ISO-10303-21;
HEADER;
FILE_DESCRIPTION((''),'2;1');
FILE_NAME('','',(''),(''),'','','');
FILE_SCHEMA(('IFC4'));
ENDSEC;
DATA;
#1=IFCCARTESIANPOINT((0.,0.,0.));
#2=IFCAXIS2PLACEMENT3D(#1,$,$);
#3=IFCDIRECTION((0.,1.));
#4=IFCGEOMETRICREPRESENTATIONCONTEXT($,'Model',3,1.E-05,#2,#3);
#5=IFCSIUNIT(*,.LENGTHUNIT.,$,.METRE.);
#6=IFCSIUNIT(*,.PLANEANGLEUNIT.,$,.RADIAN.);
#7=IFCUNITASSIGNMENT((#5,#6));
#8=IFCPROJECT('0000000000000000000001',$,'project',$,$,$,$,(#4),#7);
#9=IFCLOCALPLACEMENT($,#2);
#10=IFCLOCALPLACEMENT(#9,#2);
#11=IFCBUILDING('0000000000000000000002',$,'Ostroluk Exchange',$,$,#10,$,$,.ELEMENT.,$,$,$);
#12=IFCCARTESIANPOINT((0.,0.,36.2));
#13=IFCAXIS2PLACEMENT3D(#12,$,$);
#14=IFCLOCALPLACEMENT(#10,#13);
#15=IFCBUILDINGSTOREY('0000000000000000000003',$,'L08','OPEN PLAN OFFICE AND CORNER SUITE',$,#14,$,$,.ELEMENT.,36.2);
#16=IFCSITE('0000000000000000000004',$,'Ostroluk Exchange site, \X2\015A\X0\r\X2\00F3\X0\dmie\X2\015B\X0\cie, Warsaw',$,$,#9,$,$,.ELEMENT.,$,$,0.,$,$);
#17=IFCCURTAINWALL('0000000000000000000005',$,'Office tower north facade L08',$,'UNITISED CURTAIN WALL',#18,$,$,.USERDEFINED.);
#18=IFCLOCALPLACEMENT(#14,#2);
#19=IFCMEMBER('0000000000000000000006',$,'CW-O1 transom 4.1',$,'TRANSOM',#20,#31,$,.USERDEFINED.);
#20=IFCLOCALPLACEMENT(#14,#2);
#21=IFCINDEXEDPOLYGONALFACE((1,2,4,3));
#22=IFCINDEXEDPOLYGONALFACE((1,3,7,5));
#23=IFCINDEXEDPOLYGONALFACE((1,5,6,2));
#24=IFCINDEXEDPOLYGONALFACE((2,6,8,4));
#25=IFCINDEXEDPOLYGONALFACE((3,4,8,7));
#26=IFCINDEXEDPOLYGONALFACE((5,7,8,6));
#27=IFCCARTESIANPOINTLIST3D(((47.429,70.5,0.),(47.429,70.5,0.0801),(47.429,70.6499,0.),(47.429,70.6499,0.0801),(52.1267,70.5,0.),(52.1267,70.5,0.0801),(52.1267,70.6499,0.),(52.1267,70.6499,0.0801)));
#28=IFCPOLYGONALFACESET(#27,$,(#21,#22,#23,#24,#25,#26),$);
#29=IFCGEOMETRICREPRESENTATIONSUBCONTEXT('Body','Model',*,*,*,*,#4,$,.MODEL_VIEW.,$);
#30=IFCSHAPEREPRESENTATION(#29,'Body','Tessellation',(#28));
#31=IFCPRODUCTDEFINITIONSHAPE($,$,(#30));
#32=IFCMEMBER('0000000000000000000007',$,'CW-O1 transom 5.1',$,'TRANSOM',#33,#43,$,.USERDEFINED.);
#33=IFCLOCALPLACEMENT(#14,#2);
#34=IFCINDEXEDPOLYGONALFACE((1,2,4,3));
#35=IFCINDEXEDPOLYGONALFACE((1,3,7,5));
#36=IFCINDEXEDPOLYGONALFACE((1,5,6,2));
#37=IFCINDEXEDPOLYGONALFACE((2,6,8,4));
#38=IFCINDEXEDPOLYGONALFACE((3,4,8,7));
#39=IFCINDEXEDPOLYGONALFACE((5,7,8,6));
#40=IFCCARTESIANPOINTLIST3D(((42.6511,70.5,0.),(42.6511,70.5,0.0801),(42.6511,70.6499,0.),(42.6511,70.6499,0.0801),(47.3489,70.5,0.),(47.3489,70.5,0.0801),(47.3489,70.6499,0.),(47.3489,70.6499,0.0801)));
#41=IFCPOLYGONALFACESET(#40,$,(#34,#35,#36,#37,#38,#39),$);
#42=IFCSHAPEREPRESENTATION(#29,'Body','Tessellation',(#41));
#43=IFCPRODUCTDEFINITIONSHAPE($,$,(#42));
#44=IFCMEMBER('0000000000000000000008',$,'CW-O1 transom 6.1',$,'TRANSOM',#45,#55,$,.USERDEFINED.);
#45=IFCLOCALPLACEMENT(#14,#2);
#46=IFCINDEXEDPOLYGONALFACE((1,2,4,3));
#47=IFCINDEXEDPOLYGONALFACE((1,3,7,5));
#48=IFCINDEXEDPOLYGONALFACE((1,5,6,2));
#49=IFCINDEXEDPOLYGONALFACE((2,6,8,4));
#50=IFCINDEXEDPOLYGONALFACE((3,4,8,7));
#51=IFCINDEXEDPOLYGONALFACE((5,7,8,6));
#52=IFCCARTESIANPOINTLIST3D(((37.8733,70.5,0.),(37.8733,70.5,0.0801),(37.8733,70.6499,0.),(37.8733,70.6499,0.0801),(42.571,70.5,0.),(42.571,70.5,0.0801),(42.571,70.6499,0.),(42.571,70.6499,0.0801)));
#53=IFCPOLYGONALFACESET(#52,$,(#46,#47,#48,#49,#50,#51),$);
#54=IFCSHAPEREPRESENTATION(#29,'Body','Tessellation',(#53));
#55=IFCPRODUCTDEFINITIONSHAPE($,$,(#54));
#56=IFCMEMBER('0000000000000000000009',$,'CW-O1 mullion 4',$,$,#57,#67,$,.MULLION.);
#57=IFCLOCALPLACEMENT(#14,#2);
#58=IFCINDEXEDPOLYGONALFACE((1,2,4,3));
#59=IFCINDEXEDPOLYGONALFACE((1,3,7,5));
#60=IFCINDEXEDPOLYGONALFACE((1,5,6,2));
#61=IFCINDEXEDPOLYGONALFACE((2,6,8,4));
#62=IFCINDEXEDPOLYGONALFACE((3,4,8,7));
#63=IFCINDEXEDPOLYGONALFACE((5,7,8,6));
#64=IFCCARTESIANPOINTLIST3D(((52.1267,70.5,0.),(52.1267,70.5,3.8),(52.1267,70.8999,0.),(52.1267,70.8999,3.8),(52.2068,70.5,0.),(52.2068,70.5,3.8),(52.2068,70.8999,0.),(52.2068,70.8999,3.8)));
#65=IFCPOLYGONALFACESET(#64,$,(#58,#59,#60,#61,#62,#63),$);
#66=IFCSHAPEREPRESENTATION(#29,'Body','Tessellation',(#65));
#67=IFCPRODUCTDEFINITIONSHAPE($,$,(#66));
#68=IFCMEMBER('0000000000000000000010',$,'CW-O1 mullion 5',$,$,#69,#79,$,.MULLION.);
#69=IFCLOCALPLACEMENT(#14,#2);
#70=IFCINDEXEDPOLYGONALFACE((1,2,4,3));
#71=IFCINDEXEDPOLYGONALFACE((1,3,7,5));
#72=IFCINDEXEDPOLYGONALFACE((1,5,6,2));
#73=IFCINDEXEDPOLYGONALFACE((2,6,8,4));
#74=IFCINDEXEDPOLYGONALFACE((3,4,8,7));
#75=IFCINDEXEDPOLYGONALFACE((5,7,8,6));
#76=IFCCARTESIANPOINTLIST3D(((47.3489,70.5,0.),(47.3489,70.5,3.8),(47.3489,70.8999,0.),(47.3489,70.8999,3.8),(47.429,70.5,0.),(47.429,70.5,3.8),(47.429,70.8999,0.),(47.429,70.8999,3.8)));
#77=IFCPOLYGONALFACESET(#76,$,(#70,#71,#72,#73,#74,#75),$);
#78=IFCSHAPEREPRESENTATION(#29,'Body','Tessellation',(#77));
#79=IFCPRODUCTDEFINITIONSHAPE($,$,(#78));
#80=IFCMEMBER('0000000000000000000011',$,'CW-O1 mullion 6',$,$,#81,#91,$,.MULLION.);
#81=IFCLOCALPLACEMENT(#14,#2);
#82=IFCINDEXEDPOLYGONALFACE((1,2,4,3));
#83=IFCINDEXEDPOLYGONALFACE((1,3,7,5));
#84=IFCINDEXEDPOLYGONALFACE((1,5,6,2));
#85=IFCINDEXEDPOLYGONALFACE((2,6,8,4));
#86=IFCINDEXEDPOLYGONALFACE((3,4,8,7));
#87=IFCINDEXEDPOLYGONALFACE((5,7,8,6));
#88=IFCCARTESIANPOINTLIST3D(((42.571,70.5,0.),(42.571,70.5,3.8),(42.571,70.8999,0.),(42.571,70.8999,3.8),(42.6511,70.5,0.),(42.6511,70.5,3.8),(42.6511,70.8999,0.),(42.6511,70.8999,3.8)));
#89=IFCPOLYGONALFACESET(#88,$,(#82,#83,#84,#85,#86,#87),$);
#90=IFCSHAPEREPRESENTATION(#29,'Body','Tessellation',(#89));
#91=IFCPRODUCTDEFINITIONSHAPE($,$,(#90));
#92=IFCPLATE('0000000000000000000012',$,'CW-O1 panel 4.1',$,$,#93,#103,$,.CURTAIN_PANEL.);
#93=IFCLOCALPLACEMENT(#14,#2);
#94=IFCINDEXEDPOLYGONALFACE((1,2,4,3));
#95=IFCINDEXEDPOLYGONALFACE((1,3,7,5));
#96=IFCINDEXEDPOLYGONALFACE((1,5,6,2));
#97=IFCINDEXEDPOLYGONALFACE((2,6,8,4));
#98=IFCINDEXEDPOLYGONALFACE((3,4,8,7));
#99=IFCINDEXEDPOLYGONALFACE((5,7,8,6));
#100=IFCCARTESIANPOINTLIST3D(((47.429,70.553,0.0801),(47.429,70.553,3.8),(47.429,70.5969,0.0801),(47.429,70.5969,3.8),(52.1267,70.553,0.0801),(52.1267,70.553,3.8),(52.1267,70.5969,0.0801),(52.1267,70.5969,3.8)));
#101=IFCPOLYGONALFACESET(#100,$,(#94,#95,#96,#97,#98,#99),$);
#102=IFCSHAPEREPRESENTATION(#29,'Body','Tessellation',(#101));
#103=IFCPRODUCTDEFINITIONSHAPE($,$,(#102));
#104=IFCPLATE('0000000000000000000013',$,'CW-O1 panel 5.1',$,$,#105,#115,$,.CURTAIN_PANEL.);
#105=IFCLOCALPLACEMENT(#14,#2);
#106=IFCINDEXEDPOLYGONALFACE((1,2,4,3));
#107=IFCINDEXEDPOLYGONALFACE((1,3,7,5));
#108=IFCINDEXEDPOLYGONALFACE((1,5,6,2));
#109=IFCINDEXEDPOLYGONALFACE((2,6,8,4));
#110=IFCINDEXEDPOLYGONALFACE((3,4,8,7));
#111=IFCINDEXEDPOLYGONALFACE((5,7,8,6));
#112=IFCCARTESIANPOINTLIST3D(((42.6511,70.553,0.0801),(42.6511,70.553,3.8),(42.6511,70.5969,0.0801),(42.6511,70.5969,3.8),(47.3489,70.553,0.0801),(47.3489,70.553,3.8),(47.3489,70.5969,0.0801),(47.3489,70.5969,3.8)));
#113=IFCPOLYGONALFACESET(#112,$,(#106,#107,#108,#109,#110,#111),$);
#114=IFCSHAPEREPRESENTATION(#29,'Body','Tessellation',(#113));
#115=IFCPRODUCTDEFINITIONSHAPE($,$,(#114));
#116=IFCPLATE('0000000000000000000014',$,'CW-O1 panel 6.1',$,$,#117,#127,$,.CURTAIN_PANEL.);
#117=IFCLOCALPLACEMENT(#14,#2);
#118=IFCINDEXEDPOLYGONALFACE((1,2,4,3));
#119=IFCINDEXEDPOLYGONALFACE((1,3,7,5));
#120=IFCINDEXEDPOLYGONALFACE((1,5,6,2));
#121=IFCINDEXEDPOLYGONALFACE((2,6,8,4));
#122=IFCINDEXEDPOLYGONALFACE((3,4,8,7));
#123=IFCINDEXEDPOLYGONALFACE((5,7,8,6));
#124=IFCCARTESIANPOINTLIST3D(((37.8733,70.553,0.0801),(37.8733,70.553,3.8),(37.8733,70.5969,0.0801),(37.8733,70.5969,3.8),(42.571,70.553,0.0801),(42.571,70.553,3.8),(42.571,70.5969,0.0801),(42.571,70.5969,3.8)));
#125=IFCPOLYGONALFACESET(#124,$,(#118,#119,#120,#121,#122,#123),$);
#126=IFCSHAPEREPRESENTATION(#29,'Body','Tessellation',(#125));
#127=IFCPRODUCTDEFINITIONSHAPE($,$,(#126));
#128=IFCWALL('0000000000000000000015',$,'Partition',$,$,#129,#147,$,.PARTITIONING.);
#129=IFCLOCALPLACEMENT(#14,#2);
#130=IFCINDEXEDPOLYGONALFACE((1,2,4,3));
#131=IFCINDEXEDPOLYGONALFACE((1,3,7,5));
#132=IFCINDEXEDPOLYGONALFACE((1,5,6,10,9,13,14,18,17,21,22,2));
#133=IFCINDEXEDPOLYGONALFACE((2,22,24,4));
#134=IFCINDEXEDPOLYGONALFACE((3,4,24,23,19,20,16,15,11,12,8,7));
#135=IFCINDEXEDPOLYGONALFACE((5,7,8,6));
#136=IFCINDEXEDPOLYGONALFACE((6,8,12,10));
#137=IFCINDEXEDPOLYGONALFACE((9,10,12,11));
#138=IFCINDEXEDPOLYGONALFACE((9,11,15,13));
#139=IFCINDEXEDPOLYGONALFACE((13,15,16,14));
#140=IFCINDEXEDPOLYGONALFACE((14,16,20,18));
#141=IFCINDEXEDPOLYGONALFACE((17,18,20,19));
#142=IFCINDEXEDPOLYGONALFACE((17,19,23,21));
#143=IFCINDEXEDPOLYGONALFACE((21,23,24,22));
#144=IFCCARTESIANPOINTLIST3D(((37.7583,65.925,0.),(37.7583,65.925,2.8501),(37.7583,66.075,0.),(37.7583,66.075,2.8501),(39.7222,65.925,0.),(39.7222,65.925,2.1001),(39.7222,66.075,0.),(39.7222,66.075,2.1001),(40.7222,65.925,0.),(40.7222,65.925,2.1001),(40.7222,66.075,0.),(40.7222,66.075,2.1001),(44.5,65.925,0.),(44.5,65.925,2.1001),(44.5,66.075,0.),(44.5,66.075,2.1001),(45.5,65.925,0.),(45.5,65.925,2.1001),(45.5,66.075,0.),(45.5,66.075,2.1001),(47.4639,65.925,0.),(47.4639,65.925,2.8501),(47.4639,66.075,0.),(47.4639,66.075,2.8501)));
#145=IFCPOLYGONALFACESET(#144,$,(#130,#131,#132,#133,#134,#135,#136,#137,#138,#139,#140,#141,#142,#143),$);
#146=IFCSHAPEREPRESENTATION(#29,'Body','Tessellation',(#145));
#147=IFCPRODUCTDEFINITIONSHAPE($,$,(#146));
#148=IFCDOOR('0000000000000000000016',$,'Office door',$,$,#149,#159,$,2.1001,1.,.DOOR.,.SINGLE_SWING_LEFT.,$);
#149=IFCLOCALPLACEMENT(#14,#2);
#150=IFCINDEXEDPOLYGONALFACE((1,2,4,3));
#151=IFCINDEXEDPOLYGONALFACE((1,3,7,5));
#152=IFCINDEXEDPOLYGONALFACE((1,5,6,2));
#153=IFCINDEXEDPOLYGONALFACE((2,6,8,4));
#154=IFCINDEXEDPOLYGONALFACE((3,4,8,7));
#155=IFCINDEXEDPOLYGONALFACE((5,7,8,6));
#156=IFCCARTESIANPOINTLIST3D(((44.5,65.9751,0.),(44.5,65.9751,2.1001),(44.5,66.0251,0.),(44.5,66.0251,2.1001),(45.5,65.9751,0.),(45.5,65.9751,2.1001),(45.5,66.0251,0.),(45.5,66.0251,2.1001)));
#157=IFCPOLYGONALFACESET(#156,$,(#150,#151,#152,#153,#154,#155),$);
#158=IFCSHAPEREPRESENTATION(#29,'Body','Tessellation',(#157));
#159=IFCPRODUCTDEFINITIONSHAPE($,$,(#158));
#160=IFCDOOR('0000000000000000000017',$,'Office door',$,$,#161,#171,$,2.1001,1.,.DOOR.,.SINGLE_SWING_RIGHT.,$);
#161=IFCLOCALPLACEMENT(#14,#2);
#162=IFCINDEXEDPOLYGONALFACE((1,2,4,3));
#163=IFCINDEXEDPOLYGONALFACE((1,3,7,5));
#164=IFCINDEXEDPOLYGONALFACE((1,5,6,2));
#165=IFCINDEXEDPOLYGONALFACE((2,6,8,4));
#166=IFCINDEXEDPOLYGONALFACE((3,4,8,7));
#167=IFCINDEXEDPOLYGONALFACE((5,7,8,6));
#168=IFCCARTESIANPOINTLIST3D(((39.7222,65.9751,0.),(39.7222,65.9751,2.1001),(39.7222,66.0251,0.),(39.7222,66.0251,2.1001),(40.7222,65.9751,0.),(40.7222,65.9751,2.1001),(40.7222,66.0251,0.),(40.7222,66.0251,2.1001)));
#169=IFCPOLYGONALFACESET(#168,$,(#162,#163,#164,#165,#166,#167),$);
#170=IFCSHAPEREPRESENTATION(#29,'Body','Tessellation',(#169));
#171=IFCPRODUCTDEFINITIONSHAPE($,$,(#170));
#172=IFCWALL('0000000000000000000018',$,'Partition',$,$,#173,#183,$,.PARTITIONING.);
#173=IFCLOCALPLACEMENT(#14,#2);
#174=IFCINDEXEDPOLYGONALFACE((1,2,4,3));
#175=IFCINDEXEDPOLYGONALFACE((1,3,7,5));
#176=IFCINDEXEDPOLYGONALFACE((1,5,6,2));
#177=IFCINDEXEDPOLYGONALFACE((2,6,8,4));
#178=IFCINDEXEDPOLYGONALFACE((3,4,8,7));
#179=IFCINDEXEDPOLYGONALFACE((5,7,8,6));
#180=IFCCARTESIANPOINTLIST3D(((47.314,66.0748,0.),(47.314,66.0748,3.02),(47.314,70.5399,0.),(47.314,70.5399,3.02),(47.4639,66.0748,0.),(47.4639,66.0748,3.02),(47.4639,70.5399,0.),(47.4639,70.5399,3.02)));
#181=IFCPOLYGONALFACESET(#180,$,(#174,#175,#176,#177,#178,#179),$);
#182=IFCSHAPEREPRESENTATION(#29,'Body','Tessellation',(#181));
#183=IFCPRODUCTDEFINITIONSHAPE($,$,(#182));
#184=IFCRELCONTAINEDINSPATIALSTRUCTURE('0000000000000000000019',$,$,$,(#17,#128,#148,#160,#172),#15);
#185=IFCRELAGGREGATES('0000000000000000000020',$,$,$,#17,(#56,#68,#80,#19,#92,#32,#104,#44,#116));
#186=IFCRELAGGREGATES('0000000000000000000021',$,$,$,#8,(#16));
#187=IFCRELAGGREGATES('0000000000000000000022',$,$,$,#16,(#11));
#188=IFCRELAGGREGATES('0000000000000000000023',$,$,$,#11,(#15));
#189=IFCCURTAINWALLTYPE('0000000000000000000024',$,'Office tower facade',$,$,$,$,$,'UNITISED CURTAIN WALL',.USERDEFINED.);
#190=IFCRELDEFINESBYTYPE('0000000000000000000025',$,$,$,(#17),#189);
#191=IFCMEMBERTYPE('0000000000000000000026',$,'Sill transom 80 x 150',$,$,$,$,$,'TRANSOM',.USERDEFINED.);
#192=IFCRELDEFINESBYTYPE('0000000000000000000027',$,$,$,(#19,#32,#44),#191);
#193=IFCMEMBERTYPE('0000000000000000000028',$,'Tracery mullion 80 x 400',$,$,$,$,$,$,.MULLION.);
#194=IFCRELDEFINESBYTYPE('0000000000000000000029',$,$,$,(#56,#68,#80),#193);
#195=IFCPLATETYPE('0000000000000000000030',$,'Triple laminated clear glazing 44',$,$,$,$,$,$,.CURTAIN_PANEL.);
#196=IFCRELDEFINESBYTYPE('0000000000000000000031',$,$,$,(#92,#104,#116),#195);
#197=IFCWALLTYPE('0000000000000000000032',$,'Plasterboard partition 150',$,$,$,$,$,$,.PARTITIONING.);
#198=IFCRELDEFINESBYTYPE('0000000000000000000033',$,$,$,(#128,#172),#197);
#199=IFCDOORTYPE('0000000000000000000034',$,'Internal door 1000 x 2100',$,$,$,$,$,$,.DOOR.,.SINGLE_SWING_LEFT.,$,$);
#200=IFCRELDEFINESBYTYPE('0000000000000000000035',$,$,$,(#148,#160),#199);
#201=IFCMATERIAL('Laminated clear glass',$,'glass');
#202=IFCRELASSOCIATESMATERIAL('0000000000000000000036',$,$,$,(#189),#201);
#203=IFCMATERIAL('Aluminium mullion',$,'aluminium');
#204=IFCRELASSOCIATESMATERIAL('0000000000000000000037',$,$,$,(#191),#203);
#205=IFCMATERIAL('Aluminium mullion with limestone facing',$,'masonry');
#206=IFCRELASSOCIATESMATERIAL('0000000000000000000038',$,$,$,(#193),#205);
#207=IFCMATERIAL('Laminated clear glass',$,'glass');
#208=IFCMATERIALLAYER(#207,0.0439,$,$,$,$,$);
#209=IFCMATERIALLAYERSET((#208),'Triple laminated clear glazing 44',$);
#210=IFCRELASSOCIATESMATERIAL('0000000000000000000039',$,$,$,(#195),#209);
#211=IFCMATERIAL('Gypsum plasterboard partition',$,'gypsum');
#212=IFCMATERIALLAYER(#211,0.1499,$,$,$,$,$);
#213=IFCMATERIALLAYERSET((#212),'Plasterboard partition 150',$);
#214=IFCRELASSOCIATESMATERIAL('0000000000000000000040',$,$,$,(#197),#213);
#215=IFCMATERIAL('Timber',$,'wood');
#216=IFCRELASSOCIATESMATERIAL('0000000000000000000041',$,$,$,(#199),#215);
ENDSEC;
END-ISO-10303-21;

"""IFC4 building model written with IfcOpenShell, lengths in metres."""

from ifc_helpers import new_model, si_unit, direction, frame, frame_2d, origin, origin_2d, place, context, subcontext, project, spatial, rectangle, extrude, material, layer, layer_set, material_profile, profile_set, type_object, element, fill, aggregate, save


model = new_model("IFC4")

# Units and contexts
model_context = context("Model", 3, precision=1e-05, world=origin(), true_north=direction((0.0, 1.0)))
body_context = subcontext(model_context, "Body", "Model", "MODEL_VIEW")
ifc_project = project(units=[si_unit("LENGTHUNIT", "METRE"), si_unit("PLANEANGLEUNIT", "RADIAN")], contexts=[model_context])

# Site, building, storey
site_placement = place(None, origin())
site = spatial("IfcSite", under=ifc_project, at=site_placement, Name="Ostroluk Exchange site, Śródmieście, Warsaw", CompositionType="ELEMENT", RefElevation=0.0)
building_placement = place(site_placement, origin())
building = spatial("IfcBuilding", under=site, at=building_placement, Name="Ostroluk Exchange", CompositionType="ELEMENT")
storey_placement = place(building_placement, frame((0.0, 0.0, 36.2)))
storey = spatial("IfcBuildingStorey", under=building, at=storey_placement, Name="L08", Description="OPEN PLAN OFFICE AND CORNER SUITE", CompositionType="ELEMENT", Elevation=36.2)

# Curtain wall, members, plates
ifc_material_1 = material(Name="Laminated clear glass", Category="glass")
curtain_wall_type = type_object("IfcCurtainWallType", Name="Office tower facade", ElementType="UNITISED CURTAIN WALL", PredefinedType="USERDEFINED", material=ifc_material_1)
curtain_wall_placement = place(storey_placement, origin())
curtain_wall = element("IfcCurtainWall", 1, at=curtain_wall_placement, inside=storey, type_object=curtain_wall_type, Name="Office tower north facade L08", ObjectType="UNITISED CURTAIN WALL", PredefinedType="USERDEFINED")
ifc_material_2 = material(Name="Aluminium mullion", Category="aluminium")
ifc_material_profile_1 = material_profile(ifc_material_2, rectangle(XDim=0.1499, YDim=0.0801, at=origin_2d()), Name="Sill transom 80 x 150")
ifc_profile_set_1 = profile_set([ifc_material_profile_1], Name="Aluminium mullion")
member_type_1 = type_object("IfcMemberType", Name="Sill transom 80 x 150", ElementType="TRANSOM", PredefinedType="USERDEFINED", material=ifc_profile_set_1)
member_1_placement = place(storey_placement, frame((52.1267, 70.575, 0.04), z_axis=(-1.0, 0.0, 0.0), x_axis=(0.0, -1.0, 0.0)))
member_1 = element("IfcMember", 2, at=member_1_placement, type_object=member_type_1, Name="CW-O1 transom 4.1", ObjectType="TRANSOM", PredefinedType="USERDEFINED", context=body_context, shape_type="SweptSolid", body=[
    extrude(rectangle(XDim=0.1499, YDim=0.0801, at=origin_2d()), origin(), (0.0, 0.0, 1.0), 4.6978),
])
member_2_placement = place(storey_placement, frame((47.3489, 70.575, 0.04), z_axis=(-1.0, 0.0, 0.0), x_axis=(0.0, -1.0, 0.0)))
member_2 = element("IfcMember", 3, at=member_2_placement, type_object=member_type_1, Name="CW-O1 transom 5.1", ObjectType="TRANSOM", PredefinedType="USERDEFINED", context=body_context, shape_type="SweptSolid", body=[
    extrude(rectangle(XDim=0.1499, YDim=0.0801, at=origin_2d()), origin(), (0.0, 0.0, 1.0), 4.6978),
])
member_3_placement = place(storey_placement, frame((42.571, 70.575, 0.04), z_axis=(-1.0, 0.0, 0.0), x_axis=(0.0, -1.0, 0.0)))
member_3 = element("IfcMember", 4, at=member_3_placement, type_object=member_type_1, Name="CW-O1 transom 6.1", ObjectType="TRANSOM", PredefinedType="USERDEFINED", context=body_context, shape_type="SweptSolid", body=[
    extrude(rectangle(XDim=0.1499, YDim=0.0801, at=origin_2d()), origin(), (0.0, 0.0, 1.0), 4.6978),
])
ifc_material_3 = material(Name="Aluminium mullion with limestone facing", Category="masonry")
ifc_material_profile_2 = material_profile(ifc_material_3, rectangle(XDim=0.3999, YDim=0.0801, at=origin_2d()), Name="Tracery mullion 80 x 400")
ifc_profile_set_2 = profile_set([ifc_material_profile_2], Name="Aluminium mullion with limestone facing")
member_type_2 = type_object("IfcMemberType", Name="Tracery mullion 80 x 400", PredefinedType="MULLION", material=ifc_profile_set_2)
member_4_placement = place(storey_placement, frame((52.1667, 70.7, 0.0), z_axis=(0.0, 0.0, 1.0), x_axis=(0.0, -1.0, 0.0)))
member_4 = element("IfcMember", 5, at=member_4_placement, type_object=member_type_2, Name="CW-O1 mullion 4", PredefinedType="MULLION", context=body_context, shape_type="SweptSolid", body=[
    extrude(rectangle(XDim=0.3999, YDim=0.0801, at=origin_2d()), origin(), (0.0, 0.0, 1.0), 3.8),
])
member_5_placement = place(storey_placement, frame((47.3889, 70.7, 0.0), z_axis=(0.0, 0.0, 1.0), x_axis=(0.0, -1.0, 0.0)))
member_5 = element("IfcMember", 6, at=member_5_placement, type_object=member_type_2, Name="CW-O1 mullion 5", PredefinedType="MULLION", context=body_context, shape_type="SweptSolid", body=[
    extrude(rectangle(XDim=0.3999, YDim=0.0801, at=origin_2d()), origin(), (0.0, 0.0, 1.0), 3.8),
])
member_6_placement = place(storey_placement, frame((42.6111, 70.7, 0.0), z_axis=(0.0, 0.0, 1.0), x_axis=(0.0, -1.0, 0.0)))
member_6 = element("IfcMember", 7, at=member_6_placement, type_object=member_type_2, Name="CW-O1 mullion 6", PredefinedType="MULLION", context=body_context, shape_type="SweptSolid", body=[
    extrude(rectangle(XDim=0.3999, YDim=0.0801, at=origin_2d()), origin(), (0.0, 0.0, 1.0), 3.8),
])
ifc_material_4 = material(Name="Laminated clear glass", Category="glass")
ifc_layer_1 = layer(ifc_material_4, 0.0439)
ifc_layer_set_1 = layer_set([ifc_layer_1], Name="Triple laminated clear glazing 44")
plate_type = type_object("IfcPlateType", Name="Triple laminated clear glazing 44", PredefinedType="CURTAIN_PANEL", material=ifc_layer_set_1)
plate_1_placement = place(storey_placement, frame((49.7778, 70.575, 0.0801), z_axis=(0.0, 0.0, 1.0), x_axis=(-1.0, 0.0, 0.0)))
plate_1 = element("IfcPlate", 8, at=plate_1_placement, type_object=plate_type, Name="CW-O1 panel 4.1", PredefinedType="CURTAIN_PANEL", context=body_context, shape_type="SweptSolid", body=[
    extrude(rectangle(XDim=4.6978, YDim=0.0439, at=origin_2d()), origin(), (0.0, 0.0, 1.0), 3.72),
])
plate_2_placement = place(storey_placement, frame((45.0, 70.575, 0.0801), z_axis=(0.0, 0.0, 1.0), x_axis=(-1.0, 0.0, 0.0)))
plate_2 = element("IfcPlate", 9, at=plate_2_placement, type_object=plate_type, Name="CW-O1 panel 5.1", PredefinedType="CURTAIN_PANEL", context=body_context, shape_type="SweptSolid", body=[
    extrude(rectangle(XDim=4.6978, YDim=0.0439, at=origin_2d()), origin(), (0.0, 0.0, 1.0), 3.72),
])
plate_3_placement = place(storey_placement, frame((40.2222, 70.575, 0.0801), z_axis=(0.0, 0.0, 1.0), x_axis=(-1.0, 0.0, 0.0)))
plate_3 = element("IfcPlate", 10, at=plate_3_placement, type_object=plate_type, Name="CW-O1 panel 6.1", PredefinedType="CURTAIN_PANEL", context=body_context, shape_type="SweptSolid", body=[
    extrude(rectangle(XDim=4.6978, YDim=0.0439, at=origin_2d()), origin(), (0.0, 0.0, 1.0), 3.72),
])
aggregate(curtain_wall, [member_4, member_5, member_6, member_1, plate_1, member_2, plate_2, member_3, plate_3])

# Wall, openings, doors
ifc_material_5 = material(Name="Gypsum plasterboard partition", Category="gypsum")
ifc_layer_2 = layer(ifc_material_5, 0.1499)
ifc_layer_set_2 = layer_set([ifc_layer_2], Name="Plasterboard partition 150")
wall_type = type_object("IfcWallType", Name="Plasterboard partition 150", PredefinedType="PARTITIONING", material=ifc_layer_set_2)
wall_placement = place(storey_placement, frame((47.4639, 66.0, 0.0), z_axis=(0.0, 0.0, 1.0), x_axis=(-1.0, 0.0, 0.0)))
wall = element("IfcWall", 11, at=wall_placement, inside=storey, type_object=wall_type, Name="Partition", PredefinedType="PARTITIONING", context=body_context, shape_type="SweptSolid", body=[
    extrude(rectangle(XDim=9.7056, YDim=0.1499, at=frame_2d((4.8528, 0.0))), origin(), (0.0, 0.0, 1.0), 2.8501),
])
opening_1_placement = place(wall_placement, frame((1.9639, 0.0, 0.0)))
opening_1 = element("IfcOpeningElement", 12, at=opening_1_placement, cuts=wall, PredefinedType="OPENING", context=body_context, shape_type="SweptSolid", body=[
    extrude(rectangle(XDim=1.0, YDim=2.1001, at=frame_2d((0.5, 1.05))), frame((0.0, 0.085, 0.0), z_axis=(0.0, -1.0, 0.0), x_axis=(1.0, 0.0, 0.0)), (0.0, 0.0, 1.0), 0.1699),
])
opening_2_placement = place(wall_placement, frame((6.7417, 0.0, 0.0)))
opening_2 = element("IfcOpeningElement", 13, at=opening_2_placement, cuts=wall, PredefinedType="OPENING", context=body_context, shape_type="SweptSolid", body=[
    extrude(rectangle(XDim=1.0, YDim=2.1001, at=frame_2d((0.5, 1.05))), frame((0.0, 0.085, 0.0), z_axis=(0.0, -1.0, 0.0), x_axis=(1.0, 0.0, 0.0)), (0.0, 0.0, 1.0), 0.1699),
])
ifc_material_6 = material(Name="Timber", Category="wood")
door_type = type_object("IfcDoorType", Name="Internal door 1000 x 2100", OperationType="SINGLE_SWING_LEFT", PredefinedType="DOOR", material=ifc_material_6)
door_1_placement = place(opening_1_placement, origin())
door_1 = element("IfcDoor", 14, at=door_1_placement, inside=storey, type_object=door_type, Name="Office door", OperationType="SINGLE_SWING_LEFT", OverallHeight=2.1001, OverallWidth=1.0, PredefinedType="DOOR", context=body_context, shape_type="SweptSolid", body=[
    extrude(rectangle(XDim=1.0, YDim=2.1001, at=frame_2d((0.5, 1.05))), frame((0.0, 0.0249, 0.0), z_axis=(0.0, -1.0, 0.0), x_axis=(1.0, 0.0, 0.0)), (0.0, 0.0, 1.0), 0.05),
])
fill(opening_1, door_1)
door_2_placement = place(opening_2_placement, origin())
door_2 = element("IfcDoor", 15, at=door_2_placement, inside=storey, type_object=door_type, Name="Office door", OperationType="SINGLE_SWING_RIGHT", OverallHeight=2.1001, OverallWidth=1.0, PredefinedType="DOOR", context=body_context, shape_type="SweptSolid", body=[
    extrude(rectangle(XDim=1.0, YDim=2.1001, at=frame_2d((0.5, 1.05))), frame((0.0, 0.0249, 0.0), z_axis=(0.0, -1.0, 0.0), x_axis=(1.0, 0.0, 0.0)), (0.0, 0.0, 1.0), 0.05),
])
fill(opening_2, door_2)

# Wall
for number, where, z_axis, x_axis, name in (
    (16, (47.3889, 66.075, 0.0), (0.0, 0.0, 1.0), (0.0, 1.0, 0.0), "Partition"),
):
    element("IfcWall", number, at=place(storey_placement, frame(where, z_axis=z_axis, x_axis=x_axis)), inside=storey, type_object=wall_type, Name=name, PredefinedType="PARTITIONING", context=body_context, shape_type="SweptSolid", body=[
        extrude(rectangle(XDim=4.4651, YDim=0.1499, at=frame_2d((2.2324, 0.0))), origin(), (0.0, 0.0, 1.0), 3.02),
    ])

save(model, "model.ifc")
